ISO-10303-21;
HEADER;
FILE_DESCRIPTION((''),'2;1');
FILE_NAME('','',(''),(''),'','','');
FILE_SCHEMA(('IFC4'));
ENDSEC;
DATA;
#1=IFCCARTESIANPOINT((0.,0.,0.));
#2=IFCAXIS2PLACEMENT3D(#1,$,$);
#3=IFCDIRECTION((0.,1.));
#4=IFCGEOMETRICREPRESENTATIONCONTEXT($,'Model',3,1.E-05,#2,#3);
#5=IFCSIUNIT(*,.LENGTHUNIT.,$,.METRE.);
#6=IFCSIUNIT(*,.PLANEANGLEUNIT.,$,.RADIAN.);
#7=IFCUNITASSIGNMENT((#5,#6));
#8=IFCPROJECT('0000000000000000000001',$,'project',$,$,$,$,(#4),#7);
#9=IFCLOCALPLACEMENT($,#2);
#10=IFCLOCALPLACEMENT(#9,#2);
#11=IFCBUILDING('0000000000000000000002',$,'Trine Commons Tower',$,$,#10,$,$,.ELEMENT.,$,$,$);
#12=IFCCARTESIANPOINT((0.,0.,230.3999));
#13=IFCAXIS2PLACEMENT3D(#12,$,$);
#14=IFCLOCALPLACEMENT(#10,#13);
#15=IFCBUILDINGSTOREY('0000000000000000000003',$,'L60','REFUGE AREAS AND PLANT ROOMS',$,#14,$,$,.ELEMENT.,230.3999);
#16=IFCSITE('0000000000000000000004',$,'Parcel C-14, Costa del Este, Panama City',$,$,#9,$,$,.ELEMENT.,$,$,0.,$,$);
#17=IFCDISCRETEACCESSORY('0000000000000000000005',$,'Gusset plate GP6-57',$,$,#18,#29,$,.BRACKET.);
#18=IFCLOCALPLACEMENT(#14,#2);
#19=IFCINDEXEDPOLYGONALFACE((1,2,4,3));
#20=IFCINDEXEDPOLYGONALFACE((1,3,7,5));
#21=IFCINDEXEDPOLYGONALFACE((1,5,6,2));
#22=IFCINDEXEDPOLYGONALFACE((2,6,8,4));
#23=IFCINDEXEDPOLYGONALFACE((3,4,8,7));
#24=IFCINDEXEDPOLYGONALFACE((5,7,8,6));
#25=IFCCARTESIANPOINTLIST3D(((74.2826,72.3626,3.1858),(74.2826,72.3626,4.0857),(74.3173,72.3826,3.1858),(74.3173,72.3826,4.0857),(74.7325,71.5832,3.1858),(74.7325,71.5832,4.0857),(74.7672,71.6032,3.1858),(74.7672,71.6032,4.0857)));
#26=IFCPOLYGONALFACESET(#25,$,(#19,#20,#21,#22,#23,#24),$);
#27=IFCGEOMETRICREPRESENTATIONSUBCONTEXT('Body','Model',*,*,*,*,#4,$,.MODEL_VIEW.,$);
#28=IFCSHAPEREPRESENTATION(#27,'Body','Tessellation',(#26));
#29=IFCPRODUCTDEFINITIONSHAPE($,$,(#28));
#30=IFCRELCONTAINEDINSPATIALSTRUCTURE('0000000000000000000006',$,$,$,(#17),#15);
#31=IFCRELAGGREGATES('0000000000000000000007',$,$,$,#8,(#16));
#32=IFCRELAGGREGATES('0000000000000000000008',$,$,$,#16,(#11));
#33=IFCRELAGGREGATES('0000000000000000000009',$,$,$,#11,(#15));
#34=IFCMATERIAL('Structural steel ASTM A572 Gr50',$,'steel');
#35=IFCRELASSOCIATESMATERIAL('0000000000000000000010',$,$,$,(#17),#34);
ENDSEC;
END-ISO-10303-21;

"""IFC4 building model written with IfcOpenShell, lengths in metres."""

from ifc_helpers import new_model, si_unit, direction, frame, origin, origin_2d, place, context, subcontext, project, spatial, rectangle, extrude, material, element, save


model = new_model("IFC4")

# Units and contexts
model_context = context("Model", 3, precision=1e-05, world=origin(), true_north=direction((0.0, 1.0)))
body_context = subcontext(model_context, "Body", "Model", "MODEL_VIEW")
ifc_project = project(units=[si_unit("LENGTHUNIT", "METRE"), si_unit("PLANEANGLEUNIT", "RADIAN")], contexts=[model_context])

# Site, building, storey
site_placement = place(None, origin())
site = spatial("IfcSite", under=ifc_project, at=site_placement, Name="Parcel C-14, Costa del Este, Panama City", CompositionType="ELEMENT", RefElevation=0.0)
building_placement = place(site_placement, origin())
building = spatial("IfcBuilding", under=site, at=building_placement, Name="Trine Commons Tower", CompositionType="ELEMENT")
storey_placement = place(building_placement, frame((0.0, 0.0, 230.3999)))
storey = spatial("IfcBuildingStorey", under=building, at=storey_placement, Name="L60", Description="REFUGE AREAS AND PLANT ROOMS", CompositionType="ELEMENT", Elevation=230.3999)

# Discrete accessory
ifc_material_1 = material(Name="Structural steel ASTM A572 Gr50", Category="steel")
for number, where, z_axis, x_axis, name in (
    (1, (74.5249, 71.9829, 3.1858), (0.0, 0.0, 1.0), (-0.499985, 0.866034, 0.0), "Gusset plate GP6-57"),
):
    element("IfcDiscreteAccessory", number, at=place(storey_placement, frame(where, z_axis=z_axis, x_axis=x_axis)), inside=storey, material=ifc_material_1, Name=name, PredefinedType="BRACKET", context=body_context, shape_type="SweptSolid", body=[
        extrude(rectangle(XDim=0.8999, YDim=0.04, at=origin_2d()), origin(), (0.0, 0.0, 1.0), 0.8999),
    ])

save(model, "model.ifc")
